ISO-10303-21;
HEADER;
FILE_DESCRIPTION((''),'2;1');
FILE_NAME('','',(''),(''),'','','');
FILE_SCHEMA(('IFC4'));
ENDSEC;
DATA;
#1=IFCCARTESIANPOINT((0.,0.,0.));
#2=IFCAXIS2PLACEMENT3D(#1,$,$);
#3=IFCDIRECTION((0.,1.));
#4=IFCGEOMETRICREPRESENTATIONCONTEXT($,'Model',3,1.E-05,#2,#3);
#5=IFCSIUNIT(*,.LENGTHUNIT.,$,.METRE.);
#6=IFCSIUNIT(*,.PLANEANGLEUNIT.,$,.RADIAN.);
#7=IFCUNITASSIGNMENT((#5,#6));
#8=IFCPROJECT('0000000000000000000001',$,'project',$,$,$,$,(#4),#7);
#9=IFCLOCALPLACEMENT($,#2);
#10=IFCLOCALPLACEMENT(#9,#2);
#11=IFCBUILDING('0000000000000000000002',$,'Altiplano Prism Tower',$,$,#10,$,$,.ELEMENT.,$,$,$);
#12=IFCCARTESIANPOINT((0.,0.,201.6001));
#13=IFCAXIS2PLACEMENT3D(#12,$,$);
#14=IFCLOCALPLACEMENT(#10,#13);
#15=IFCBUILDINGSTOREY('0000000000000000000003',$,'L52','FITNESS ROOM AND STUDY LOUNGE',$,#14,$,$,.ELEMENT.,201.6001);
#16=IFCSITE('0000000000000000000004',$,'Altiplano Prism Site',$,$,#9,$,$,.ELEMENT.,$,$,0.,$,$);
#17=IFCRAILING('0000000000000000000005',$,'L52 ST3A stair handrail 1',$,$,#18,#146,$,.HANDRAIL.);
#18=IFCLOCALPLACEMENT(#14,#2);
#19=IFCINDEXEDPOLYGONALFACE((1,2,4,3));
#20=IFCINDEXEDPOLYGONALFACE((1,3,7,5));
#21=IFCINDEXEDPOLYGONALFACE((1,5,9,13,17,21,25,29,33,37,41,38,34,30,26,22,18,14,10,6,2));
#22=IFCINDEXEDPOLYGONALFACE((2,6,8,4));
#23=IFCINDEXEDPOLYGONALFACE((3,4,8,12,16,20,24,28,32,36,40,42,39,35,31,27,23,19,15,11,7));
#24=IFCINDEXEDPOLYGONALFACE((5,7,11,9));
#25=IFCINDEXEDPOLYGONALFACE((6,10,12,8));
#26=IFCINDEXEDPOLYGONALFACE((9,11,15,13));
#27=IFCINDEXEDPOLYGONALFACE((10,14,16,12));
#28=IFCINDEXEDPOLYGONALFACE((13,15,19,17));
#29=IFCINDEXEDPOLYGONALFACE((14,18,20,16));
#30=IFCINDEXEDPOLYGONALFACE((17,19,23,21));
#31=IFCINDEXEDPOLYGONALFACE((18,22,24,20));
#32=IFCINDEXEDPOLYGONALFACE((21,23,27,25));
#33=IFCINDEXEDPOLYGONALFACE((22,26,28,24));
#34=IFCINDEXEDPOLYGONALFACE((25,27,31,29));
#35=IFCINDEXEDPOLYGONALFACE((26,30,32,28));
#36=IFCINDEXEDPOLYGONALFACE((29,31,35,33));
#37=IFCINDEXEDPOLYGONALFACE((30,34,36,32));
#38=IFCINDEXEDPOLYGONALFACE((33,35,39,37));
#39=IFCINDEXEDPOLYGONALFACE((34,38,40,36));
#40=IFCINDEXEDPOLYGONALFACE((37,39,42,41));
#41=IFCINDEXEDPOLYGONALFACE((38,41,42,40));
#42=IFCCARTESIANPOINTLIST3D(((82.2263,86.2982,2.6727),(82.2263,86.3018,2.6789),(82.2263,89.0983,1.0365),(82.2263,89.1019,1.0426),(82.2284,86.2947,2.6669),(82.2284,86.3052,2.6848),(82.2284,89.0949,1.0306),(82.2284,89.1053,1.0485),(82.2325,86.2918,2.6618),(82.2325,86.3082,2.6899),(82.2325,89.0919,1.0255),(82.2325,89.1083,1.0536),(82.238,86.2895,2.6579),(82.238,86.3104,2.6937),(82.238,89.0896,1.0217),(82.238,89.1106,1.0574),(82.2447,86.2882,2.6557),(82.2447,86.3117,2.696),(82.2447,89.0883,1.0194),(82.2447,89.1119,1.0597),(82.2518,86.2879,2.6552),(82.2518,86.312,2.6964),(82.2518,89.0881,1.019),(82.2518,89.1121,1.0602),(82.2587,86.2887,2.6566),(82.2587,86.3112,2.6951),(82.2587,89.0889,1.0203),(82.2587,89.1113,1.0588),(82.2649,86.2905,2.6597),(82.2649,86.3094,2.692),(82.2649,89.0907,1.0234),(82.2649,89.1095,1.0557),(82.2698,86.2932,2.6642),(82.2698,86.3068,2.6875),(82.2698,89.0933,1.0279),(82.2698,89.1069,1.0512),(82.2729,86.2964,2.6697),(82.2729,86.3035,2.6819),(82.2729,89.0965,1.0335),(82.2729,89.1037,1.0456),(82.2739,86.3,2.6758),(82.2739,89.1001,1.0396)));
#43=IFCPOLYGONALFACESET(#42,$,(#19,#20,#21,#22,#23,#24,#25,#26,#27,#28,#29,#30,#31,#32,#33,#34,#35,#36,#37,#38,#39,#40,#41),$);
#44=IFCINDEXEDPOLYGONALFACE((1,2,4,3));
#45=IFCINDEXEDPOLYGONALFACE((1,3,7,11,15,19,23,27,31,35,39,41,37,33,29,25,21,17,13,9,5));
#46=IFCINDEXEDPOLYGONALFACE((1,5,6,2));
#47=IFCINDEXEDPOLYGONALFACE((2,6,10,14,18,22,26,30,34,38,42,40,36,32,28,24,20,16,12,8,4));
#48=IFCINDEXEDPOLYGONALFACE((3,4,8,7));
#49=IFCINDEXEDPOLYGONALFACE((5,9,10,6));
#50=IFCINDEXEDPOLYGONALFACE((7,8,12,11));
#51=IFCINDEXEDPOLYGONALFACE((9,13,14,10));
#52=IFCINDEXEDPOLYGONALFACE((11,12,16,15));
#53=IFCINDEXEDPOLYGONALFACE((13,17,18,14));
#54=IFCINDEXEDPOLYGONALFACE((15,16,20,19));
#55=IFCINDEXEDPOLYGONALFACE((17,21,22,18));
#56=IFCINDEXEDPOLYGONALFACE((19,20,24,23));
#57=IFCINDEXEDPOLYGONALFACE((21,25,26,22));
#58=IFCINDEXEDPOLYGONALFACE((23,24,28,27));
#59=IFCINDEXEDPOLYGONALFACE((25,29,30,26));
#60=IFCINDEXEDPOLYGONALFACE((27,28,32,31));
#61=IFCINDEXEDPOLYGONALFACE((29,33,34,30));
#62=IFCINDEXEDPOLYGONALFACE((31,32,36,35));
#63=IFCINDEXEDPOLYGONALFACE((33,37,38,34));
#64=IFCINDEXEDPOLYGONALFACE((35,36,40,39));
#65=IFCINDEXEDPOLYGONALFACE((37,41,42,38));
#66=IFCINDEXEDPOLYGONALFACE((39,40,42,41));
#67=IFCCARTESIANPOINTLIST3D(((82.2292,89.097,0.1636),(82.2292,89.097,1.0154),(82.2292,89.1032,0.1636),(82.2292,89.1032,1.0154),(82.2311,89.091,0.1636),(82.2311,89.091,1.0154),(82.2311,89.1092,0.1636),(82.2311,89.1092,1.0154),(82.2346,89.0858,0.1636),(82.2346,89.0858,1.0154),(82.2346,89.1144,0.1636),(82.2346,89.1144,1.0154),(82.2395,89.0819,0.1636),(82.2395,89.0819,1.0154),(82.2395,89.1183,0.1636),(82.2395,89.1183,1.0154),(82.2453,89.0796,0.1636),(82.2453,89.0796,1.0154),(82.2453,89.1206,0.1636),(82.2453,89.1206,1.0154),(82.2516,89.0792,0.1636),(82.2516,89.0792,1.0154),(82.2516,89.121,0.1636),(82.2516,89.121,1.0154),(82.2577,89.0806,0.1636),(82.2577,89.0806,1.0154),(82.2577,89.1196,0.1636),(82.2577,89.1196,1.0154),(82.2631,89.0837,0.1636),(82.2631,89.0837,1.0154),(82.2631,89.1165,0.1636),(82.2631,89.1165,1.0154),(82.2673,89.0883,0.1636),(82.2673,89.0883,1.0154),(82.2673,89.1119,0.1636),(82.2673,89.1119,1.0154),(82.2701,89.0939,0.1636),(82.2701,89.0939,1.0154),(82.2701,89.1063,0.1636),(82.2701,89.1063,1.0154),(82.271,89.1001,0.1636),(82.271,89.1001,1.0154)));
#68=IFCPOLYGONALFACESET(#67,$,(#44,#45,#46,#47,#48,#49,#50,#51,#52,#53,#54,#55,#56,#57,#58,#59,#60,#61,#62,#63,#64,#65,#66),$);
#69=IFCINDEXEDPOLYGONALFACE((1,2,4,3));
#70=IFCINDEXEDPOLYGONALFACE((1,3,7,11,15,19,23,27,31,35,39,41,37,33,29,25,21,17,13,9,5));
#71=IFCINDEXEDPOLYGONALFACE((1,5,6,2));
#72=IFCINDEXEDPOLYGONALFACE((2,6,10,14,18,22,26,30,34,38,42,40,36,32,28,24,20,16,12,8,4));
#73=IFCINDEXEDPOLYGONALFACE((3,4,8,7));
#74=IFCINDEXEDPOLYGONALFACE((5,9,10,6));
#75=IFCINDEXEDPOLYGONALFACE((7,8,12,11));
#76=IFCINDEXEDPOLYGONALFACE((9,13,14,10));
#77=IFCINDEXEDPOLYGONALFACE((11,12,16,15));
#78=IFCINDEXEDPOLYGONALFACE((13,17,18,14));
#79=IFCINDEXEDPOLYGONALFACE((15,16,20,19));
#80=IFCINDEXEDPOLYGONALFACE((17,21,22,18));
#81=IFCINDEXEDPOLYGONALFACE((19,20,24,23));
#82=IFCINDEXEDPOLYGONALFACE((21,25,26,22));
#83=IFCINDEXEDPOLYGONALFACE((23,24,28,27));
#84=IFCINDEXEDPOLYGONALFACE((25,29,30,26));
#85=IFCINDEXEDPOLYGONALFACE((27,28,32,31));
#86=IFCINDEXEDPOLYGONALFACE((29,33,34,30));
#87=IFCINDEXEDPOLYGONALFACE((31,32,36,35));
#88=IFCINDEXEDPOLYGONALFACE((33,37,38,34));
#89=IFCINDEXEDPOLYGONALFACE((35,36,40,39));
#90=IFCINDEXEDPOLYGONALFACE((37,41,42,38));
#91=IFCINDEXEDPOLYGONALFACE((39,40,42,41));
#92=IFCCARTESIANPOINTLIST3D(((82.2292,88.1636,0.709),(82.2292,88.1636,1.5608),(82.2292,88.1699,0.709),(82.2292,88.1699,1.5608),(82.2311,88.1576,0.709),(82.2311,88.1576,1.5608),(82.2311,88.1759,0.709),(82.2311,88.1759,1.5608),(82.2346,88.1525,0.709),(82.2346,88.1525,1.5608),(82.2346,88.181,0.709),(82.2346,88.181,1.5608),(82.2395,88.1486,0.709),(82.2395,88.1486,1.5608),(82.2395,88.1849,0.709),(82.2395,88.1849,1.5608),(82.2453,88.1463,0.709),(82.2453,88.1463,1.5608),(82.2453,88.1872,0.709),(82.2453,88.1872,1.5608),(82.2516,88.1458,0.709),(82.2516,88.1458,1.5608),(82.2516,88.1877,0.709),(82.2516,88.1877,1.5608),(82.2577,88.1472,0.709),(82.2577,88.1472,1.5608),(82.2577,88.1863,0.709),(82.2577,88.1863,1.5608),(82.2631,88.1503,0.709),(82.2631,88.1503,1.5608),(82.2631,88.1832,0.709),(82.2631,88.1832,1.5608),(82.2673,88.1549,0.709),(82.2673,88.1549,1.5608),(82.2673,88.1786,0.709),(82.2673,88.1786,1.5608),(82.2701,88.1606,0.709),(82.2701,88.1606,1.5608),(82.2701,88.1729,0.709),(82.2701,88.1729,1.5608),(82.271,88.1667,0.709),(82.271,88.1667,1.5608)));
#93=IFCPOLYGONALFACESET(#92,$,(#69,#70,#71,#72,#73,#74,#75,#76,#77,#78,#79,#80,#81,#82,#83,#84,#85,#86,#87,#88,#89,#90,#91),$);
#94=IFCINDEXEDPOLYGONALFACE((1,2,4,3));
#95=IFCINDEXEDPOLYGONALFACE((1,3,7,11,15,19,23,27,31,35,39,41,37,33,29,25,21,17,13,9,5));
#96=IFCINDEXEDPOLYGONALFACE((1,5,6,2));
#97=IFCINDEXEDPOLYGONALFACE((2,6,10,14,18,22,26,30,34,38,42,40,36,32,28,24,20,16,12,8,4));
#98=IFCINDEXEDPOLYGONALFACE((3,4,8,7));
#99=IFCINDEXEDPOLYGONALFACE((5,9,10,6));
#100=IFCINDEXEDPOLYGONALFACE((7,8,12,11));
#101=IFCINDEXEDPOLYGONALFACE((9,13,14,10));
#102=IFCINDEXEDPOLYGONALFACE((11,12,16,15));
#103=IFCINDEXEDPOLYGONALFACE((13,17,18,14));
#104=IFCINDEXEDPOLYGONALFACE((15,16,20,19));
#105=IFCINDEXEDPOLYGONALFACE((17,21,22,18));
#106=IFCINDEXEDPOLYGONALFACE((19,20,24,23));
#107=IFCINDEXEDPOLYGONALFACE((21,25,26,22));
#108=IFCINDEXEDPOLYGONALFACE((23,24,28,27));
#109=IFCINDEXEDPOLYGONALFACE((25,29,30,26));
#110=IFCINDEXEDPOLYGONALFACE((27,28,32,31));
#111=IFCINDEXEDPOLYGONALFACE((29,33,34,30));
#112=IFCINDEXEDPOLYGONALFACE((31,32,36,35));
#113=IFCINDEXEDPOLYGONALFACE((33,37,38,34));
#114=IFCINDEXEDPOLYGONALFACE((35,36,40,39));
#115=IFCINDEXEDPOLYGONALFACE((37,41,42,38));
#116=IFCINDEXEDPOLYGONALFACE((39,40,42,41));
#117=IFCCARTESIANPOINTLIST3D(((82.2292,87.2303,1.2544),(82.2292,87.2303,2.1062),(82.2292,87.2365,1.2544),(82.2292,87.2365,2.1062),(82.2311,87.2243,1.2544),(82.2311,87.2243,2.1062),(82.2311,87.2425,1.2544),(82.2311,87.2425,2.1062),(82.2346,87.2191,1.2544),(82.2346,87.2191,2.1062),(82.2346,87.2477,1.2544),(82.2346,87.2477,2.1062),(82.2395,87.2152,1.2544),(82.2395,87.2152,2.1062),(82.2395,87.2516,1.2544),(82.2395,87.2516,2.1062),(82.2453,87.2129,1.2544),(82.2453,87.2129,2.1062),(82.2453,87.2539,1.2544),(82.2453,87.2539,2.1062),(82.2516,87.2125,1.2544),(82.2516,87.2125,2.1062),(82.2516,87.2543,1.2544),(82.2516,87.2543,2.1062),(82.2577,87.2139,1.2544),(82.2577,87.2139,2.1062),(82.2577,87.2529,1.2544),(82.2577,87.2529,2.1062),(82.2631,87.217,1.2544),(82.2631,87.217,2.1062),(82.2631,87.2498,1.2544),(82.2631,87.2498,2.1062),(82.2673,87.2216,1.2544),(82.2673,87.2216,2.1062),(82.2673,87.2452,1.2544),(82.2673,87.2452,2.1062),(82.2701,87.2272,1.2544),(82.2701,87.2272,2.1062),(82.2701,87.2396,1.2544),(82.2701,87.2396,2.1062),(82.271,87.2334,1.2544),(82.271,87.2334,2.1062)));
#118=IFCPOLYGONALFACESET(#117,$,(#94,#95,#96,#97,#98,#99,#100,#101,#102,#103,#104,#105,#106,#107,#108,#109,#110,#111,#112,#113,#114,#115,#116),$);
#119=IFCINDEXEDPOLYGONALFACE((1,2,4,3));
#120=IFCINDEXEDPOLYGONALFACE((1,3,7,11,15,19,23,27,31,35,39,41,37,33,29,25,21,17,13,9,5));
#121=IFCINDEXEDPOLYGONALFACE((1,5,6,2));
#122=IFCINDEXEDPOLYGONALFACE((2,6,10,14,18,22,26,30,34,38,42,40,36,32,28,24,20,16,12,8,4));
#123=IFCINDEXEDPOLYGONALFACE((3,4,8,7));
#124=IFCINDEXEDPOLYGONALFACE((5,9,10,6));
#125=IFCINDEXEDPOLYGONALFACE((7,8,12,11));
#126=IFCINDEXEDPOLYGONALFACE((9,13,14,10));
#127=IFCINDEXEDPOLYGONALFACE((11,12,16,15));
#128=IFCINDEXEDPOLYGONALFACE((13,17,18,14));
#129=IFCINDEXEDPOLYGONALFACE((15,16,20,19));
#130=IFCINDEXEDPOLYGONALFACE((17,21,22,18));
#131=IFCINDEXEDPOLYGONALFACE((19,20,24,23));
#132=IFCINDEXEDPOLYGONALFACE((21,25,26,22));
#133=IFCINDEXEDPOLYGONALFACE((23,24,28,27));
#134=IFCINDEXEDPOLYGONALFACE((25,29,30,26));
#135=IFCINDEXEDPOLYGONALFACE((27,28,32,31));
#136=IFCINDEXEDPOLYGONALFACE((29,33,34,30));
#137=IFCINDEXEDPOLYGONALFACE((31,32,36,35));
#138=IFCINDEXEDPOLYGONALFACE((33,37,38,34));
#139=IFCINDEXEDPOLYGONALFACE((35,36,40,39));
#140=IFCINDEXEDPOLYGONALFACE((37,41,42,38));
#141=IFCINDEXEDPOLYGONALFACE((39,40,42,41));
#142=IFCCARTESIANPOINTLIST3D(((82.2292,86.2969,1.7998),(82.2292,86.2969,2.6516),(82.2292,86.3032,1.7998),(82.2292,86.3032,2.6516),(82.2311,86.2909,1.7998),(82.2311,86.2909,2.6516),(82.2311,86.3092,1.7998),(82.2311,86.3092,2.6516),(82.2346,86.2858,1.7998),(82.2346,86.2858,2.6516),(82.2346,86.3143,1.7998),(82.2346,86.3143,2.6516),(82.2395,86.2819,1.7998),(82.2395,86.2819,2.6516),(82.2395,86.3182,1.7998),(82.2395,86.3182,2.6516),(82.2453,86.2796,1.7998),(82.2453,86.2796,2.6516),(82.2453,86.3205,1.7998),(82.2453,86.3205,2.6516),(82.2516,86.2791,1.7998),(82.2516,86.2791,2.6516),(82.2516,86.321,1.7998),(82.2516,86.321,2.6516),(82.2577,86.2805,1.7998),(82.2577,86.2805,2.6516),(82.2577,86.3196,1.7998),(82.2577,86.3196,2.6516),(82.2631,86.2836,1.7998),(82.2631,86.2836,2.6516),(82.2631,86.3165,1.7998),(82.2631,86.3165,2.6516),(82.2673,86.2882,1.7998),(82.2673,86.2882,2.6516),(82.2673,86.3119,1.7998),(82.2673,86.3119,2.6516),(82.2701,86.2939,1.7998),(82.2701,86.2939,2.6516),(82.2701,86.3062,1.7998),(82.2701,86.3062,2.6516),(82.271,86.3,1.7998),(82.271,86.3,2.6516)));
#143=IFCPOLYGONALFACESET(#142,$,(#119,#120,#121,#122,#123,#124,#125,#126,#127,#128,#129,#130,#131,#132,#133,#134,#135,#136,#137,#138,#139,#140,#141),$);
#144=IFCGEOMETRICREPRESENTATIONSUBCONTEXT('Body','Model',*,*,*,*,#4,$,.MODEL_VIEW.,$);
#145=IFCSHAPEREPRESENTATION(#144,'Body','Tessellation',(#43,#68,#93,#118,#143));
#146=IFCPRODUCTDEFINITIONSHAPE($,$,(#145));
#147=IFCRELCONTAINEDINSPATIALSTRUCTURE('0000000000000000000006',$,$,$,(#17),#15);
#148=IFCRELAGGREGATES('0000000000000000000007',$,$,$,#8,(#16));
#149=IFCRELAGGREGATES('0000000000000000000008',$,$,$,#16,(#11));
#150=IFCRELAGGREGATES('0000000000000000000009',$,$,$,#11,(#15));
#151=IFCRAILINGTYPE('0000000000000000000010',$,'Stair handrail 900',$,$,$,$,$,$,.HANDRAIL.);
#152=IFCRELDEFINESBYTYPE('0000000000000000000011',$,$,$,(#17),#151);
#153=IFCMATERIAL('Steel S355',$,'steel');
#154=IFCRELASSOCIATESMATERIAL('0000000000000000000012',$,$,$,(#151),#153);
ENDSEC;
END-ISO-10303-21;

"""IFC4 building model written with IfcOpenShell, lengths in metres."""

from ifc_helpers import new_model, si_unit, direction, frame, origin, origin_2d, place, context, subcontext, project, spatial, circle, extrude, material, type_object, element, save


model = new_model("IFC4")

# Units and contexts
model_context = context("Model", 3, precision=1e-05, world=origin(), true_north=direction((0.0, 1.0)))
body_context = subcontext(model_context, "Body", "Model", "MODEL_VIEW")
ifc_project = project(units=[si_unit("LENGTHUNIT", "METRE"), si_unit("PLANEANGLEUNIT", "RADIAN")], contexts=[model_context])

# Site, building, storey
site_placement = place(None, origin())
site = spatial("IfcSite", under=ifc_project, at=site_placement, Name="Altiplano Prism Site", CompositionType="ELEMENT", RefElevation=0.0)
building_placement = place(site_placement, origin())
building = spatial("IfcBuilding", under=site, at=building_placement, Name="Altiplano Prism Tower", CompositionType="ELEMENT")
storey_placement = place(building_placement, frame((0.0, 0.0, 201.6001)))
storey = spatial("IfcBuildingStorey", under=building, at=storey_placement, Name="L52", Description="FITNESS ROOM AND STUDY LOUNGE", CompositionType="ELEMENT", Elevation=201.6001)

# Railing
ifc_material_1 = material(Name="Steel S355", Category="steel")
railing_type_1 = type_object("IfcRailingType", Name="Stair handrail 900", PredefinedType="HANDRAIL", material=ifc_material_1)
railing_1_placement = place(storey_placement, frame((82.25, 89.1001, 0.1636)))
element("IfcRailing", 1, at=railing_1_placement, inside=storey, type_object=railing_type_1, Name="L52 ST3A stair handrail 1", PredefinedType="HANDRAIL", context=body_context, shape_type="SweptSolid", body=[
    extrude(circle(Radius=0.0239, at=origin_2d()), frame((0.0, 0.0, 0.876), z_axis=(0.0, -0.863394, 0.504531), x_axis=(1.0, 0.0, 0.0)), (0.0, 0.0, 1.0), 3.2432),
    extrude(circle(Radius=0.021, at=origin_2d()), origin(), (0.0, 0.0, 1.0), 0.8518),
    extrude(circle(Radius=0.021, at=origin_2d()), frame((0.0, -0.9333, 0.5454)), (0.0, 0.0, 1.0), 0.8518),
    extrude(circle(Radius=0.021, at=origin_2d()), frame((0.0, -1.8667, 1.0908)), (0.0, 0.0, 1.0), 0.8518),
    extrude(circle(Radius=0.021, at=origin_2d()), frame((0.0, -2.8, 1.6362)), (0.0, 0.0, 1.0), 0.8518),
])

save(model, "model.ifc")
